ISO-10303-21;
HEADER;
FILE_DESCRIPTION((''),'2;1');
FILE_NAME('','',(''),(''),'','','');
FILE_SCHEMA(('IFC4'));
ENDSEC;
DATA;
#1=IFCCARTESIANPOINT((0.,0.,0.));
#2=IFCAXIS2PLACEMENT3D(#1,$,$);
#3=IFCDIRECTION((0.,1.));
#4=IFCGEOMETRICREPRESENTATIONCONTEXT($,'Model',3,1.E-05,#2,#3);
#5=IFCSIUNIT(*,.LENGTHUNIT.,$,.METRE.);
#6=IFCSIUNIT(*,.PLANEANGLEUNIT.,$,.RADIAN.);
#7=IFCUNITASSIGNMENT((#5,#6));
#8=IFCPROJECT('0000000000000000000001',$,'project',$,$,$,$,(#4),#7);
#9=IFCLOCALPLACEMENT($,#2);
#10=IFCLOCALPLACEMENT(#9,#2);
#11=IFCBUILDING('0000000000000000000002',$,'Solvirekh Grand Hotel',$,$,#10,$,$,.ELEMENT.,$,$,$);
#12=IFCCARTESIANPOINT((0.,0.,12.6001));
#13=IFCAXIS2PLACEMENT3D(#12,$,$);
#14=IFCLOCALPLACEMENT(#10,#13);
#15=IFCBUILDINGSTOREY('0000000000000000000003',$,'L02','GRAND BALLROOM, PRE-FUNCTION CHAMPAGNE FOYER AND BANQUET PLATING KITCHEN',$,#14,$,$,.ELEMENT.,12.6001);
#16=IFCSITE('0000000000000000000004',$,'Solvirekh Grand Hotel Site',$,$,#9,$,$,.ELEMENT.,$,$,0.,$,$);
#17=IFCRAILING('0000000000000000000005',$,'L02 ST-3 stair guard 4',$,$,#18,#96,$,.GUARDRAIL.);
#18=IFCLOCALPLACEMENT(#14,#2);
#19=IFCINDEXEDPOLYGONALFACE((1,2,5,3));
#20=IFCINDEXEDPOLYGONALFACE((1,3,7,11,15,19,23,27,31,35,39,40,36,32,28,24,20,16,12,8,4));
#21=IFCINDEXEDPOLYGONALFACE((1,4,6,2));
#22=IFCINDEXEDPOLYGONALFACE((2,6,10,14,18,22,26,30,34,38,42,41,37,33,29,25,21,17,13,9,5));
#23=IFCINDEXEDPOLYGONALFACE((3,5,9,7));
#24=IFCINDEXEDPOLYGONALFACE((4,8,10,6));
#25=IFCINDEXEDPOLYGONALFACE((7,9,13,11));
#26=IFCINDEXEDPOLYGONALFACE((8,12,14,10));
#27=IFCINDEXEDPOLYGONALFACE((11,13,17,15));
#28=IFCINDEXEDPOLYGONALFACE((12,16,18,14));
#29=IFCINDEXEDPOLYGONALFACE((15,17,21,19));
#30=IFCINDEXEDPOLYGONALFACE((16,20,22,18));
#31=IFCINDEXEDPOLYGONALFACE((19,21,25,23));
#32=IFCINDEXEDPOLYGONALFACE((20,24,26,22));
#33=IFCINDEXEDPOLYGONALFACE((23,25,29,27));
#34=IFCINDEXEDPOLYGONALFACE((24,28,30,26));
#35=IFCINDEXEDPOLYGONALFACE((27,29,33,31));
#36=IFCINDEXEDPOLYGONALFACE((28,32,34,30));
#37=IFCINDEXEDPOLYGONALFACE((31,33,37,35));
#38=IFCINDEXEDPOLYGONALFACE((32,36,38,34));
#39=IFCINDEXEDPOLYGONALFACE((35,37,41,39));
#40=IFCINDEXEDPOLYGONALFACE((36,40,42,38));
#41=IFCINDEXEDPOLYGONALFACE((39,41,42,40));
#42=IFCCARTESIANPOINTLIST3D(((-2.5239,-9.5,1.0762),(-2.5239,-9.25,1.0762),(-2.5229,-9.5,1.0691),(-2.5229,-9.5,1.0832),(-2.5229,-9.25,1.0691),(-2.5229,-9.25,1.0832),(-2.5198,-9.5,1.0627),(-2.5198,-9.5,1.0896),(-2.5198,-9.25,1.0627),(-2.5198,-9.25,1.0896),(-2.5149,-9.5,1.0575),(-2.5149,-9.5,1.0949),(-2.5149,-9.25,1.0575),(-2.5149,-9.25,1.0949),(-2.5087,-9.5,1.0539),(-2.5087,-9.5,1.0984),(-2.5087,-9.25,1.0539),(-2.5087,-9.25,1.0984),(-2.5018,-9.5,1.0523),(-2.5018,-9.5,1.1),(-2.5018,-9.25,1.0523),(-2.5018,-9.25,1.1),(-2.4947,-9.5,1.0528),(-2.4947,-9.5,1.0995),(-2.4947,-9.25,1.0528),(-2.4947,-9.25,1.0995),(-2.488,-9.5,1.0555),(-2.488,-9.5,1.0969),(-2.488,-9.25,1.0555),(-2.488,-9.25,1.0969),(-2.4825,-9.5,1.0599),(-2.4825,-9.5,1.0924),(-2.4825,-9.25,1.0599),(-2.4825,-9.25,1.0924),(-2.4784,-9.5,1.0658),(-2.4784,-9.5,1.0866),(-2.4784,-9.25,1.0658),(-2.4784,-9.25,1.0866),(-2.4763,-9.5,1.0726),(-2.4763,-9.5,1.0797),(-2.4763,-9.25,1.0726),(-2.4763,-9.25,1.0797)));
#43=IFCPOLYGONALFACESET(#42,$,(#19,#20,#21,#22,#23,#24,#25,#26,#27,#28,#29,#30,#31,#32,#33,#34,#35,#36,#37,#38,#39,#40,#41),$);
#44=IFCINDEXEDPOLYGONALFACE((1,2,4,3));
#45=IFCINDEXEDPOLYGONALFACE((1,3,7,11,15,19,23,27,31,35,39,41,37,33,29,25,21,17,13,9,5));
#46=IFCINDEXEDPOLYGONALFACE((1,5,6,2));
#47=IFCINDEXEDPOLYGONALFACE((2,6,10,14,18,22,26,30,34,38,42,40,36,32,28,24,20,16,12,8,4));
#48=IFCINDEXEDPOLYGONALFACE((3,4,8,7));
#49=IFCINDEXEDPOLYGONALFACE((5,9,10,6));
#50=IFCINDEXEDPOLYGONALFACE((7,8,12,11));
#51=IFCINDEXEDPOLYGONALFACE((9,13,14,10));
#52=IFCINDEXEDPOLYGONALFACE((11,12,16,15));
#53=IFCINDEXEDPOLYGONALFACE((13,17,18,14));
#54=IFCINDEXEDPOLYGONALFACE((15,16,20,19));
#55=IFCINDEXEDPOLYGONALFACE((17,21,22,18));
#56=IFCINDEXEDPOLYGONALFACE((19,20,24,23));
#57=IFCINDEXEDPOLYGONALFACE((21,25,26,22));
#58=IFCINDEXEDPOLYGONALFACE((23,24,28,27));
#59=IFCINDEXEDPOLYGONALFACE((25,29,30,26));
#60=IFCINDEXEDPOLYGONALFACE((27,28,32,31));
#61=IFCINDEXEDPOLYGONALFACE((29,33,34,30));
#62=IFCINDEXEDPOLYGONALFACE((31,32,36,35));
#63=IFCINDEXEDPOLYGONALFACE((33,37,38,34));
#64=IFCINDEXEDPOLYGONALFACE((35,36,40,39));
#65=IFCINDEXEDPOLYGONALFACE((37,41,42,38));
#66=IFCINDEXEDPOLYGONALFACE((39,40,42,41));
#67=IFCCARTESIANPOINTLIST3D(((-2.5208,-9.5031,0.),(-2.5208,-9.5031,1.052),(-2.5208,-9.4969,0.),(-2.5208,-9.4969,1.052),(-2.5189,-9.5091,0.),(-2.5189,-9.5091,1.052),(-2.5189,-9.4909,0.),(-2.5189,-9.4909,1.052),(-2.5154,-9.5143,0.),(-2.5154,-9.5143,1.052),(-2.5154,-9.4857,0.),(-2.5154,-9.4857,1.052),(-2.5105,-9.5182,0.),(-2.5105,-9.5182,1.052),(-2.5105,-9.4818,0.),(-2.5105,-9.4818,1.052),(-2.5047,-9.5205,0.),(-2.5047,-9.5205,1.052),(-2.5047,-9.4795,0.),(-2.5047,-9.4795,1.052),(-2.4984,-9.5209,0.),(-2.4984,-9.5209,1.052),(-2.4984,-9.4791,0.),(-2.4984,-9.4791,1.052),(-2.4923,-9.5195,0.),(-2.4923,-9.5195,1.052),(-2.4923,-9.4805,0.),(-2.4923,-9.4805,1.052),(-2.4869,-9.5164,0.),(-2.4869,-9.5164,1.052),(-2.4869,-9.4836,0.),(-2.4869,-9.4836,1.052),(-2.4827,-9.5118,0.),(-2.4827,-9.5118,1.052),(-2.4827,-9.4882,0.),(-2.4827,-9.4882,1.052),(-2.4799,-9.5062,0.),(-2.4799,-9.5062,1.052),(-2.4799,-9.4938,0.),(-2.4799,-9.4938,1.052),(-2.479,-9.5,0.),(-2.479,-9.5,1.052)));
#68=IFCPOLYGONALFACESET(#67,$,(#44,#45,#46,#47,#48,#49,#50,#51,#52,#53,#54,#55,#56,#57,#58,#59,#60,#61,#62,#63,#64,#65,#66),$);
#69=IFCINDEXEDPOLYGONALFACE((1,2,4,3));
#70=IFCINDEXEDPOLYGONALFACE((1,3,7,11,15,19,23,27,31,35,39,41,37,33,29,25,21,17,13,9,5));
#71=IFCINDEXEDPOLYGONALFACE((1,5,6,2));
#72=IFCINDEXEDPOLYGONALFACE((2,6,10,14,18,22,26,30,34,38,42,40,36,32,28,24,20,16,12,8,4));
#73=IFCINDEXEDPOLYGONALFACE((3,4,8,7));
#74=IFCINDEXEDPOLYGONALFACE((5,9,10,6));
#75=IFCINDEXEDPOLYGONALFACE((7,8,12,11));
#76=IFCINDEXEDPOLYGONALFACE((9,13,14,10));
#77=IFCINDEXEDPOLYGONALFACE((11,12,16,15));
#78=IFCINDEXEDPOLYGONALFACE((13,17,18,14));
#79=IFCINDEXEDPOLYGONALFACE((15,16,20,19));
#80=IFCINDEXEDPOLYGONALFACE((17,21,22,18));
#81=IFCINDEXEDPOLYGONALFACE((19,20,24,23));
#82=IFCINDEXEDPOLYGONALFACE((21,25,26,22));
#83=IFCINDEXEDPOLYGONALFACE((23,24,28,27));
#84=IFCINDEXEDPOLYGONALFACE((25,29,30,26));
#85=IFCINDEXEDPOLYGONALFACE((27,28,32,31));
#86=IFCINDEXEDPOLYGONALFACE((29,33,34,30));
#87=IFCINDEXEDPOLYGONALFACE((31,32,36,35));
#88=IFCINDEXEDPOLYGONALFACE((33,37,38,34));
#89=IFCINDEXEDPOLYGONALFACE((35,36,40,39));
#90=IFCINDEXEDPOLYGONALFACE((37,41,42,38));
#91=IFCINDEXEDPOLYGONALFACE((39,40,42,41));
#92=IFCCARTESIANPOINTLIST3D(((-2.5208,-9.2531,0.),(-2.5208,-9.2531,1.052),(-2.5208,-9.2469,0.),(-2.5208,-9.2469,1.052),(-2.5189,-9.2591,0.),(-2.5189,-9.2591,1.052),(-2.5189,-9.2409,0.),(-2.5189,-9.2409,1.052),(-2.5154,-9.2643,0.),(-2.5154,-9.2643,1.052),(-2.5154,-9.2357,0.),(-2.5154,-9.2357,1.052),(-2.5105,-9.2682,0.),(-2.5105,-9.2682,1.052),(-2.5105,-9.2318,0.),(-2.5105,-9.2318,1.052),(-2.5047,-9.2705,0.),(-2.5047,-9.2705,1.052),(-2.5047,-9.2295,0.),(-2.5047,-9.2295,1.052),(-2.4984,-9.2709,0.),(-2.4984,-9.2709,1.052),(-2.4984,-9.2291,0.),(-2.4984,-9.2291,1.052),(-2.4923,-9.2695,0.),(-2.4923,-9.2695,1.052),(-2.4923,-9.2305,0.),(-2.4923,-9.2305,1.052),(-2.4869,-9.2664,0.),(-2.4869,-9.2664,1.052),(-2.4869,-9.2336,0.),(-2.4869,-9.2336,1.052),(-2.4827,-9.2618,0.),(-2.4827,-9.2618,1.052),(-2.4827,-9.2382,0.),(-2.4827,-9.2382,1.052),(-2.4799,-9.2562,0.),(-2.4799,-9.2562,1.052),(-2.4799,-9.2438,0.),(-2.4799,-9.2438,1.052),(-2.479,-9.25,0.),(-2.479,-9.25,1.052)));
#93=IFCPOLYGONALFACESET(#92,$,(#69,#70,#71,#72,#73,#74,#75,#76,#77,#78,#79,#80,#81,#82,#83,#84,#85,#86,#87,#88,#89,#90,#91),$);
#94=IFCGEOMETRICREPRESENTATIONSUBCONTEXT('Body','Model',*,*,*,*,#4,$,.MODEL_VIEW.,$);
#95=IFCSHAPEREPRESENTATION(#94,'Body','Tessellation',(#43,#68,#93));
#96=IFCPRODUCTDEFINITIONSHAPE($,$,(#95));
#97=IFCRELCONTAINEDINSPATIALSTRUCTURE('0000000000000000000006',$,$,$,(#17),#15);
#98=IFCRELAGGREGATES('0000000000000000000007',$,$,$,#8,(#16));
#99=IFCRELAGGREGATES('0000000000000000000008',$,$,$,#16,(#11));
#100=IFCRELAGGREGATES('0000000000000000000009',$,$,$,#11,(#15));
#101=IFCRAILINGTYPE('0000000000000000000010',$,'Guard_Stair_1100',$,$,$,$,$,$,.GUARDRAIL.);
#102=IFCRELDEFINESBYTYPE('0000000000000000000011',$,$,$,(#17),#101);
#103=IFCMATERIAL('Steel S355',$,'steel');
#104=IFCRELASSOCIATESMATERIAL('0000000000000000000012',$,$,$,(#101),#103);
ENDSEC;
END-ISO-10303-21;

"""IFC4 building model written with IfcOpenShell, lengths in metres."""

from ifc_helpers import new_model, si_unit, direction, frame, origin, origin_2d, place, context, subcontext, project, spatial, circle, extrude, material, type_object, element, save


model = new_model("IFC4")

# Units and contexts
model_context = context("Model", 3, precision=1e-05, world=origin(), true_north=direction((0.0, 1.0)))
body_context = subcontext(model_context, "Body", "Model", "MODEL_VIEW")
ifc_project = project(units=[si_unit("LENGTHUNIT", "METRE"), si_unit("PLANEANGLEUNIT", "RADIAN")], contexts=[model_context])

# Site, building, storey
site_placement = place(None, origin())
site = spatial("IfcSite", under=ifc_project, at=site_placement, Name="Solvirekh Grand Hotel Site", CompositionType="ELEMENT", RefElevation=0.0)
building_placement = place(site_placement, origin())
building = spatial("IfcBuilding", under=site, at=building_placement, Name="Solvirekh Grand Hotel", CompositionType="ELEMENT")
storey_placement = place(building_placement, frame((0.0, 0.0, 12.6001)))
storey = spatial("IfcBuildingStorey", under=building, at=storey_placement, Name="L02", Description="GRAND BALLROOM, PRE-FUNCTION CHAMPAGNE FOYER AND BANQUET PLATING KITCHEN", CompositionType="ELEMENT", Elevation=12.6001)

# Shared definitions
ifc_material_1 = material(Name="Steel S355", Category="steel")

# Railing
railing_type_1 = type_object("IfcRailingType", Name="Guard_Stair_1100", PredefinedType="GUARDRAIL", material=ifc_material_1)
railing_1_placement = place(storey_placement, frame((-2.5, -9.5, 0.0)))
element("IfcRailing", 1, at=railing_1_placement, inside=storey, type_object=railing_type_1, Name="L02 ST-3 stair guard 4", PredefinedType="GUARDRAIL", context=body_context, shape_type="SweptSolid", body=[
    extrude(circle(Radius=0.0239, at=origin_2d()), frame((0.0, 0.0, 1.0762), z_axis=(0.0, 1.0, 0.0), x_axis=(-1.0, 0.0, 0.0)), (0.0, 0.0, 1.0), 0.25),
    extrude(circle(Radius=0.021, at=origin_2d()), origin(), (0.0, 0.0, 1.0), 1.052),
    extrude(circle(Radius=0.021, at=origin_2d()), frame((0.0, 0.25, 0.0)), (0.0, 0.0, 1.0), 1.052),
])

save(model, "model.ifc")
